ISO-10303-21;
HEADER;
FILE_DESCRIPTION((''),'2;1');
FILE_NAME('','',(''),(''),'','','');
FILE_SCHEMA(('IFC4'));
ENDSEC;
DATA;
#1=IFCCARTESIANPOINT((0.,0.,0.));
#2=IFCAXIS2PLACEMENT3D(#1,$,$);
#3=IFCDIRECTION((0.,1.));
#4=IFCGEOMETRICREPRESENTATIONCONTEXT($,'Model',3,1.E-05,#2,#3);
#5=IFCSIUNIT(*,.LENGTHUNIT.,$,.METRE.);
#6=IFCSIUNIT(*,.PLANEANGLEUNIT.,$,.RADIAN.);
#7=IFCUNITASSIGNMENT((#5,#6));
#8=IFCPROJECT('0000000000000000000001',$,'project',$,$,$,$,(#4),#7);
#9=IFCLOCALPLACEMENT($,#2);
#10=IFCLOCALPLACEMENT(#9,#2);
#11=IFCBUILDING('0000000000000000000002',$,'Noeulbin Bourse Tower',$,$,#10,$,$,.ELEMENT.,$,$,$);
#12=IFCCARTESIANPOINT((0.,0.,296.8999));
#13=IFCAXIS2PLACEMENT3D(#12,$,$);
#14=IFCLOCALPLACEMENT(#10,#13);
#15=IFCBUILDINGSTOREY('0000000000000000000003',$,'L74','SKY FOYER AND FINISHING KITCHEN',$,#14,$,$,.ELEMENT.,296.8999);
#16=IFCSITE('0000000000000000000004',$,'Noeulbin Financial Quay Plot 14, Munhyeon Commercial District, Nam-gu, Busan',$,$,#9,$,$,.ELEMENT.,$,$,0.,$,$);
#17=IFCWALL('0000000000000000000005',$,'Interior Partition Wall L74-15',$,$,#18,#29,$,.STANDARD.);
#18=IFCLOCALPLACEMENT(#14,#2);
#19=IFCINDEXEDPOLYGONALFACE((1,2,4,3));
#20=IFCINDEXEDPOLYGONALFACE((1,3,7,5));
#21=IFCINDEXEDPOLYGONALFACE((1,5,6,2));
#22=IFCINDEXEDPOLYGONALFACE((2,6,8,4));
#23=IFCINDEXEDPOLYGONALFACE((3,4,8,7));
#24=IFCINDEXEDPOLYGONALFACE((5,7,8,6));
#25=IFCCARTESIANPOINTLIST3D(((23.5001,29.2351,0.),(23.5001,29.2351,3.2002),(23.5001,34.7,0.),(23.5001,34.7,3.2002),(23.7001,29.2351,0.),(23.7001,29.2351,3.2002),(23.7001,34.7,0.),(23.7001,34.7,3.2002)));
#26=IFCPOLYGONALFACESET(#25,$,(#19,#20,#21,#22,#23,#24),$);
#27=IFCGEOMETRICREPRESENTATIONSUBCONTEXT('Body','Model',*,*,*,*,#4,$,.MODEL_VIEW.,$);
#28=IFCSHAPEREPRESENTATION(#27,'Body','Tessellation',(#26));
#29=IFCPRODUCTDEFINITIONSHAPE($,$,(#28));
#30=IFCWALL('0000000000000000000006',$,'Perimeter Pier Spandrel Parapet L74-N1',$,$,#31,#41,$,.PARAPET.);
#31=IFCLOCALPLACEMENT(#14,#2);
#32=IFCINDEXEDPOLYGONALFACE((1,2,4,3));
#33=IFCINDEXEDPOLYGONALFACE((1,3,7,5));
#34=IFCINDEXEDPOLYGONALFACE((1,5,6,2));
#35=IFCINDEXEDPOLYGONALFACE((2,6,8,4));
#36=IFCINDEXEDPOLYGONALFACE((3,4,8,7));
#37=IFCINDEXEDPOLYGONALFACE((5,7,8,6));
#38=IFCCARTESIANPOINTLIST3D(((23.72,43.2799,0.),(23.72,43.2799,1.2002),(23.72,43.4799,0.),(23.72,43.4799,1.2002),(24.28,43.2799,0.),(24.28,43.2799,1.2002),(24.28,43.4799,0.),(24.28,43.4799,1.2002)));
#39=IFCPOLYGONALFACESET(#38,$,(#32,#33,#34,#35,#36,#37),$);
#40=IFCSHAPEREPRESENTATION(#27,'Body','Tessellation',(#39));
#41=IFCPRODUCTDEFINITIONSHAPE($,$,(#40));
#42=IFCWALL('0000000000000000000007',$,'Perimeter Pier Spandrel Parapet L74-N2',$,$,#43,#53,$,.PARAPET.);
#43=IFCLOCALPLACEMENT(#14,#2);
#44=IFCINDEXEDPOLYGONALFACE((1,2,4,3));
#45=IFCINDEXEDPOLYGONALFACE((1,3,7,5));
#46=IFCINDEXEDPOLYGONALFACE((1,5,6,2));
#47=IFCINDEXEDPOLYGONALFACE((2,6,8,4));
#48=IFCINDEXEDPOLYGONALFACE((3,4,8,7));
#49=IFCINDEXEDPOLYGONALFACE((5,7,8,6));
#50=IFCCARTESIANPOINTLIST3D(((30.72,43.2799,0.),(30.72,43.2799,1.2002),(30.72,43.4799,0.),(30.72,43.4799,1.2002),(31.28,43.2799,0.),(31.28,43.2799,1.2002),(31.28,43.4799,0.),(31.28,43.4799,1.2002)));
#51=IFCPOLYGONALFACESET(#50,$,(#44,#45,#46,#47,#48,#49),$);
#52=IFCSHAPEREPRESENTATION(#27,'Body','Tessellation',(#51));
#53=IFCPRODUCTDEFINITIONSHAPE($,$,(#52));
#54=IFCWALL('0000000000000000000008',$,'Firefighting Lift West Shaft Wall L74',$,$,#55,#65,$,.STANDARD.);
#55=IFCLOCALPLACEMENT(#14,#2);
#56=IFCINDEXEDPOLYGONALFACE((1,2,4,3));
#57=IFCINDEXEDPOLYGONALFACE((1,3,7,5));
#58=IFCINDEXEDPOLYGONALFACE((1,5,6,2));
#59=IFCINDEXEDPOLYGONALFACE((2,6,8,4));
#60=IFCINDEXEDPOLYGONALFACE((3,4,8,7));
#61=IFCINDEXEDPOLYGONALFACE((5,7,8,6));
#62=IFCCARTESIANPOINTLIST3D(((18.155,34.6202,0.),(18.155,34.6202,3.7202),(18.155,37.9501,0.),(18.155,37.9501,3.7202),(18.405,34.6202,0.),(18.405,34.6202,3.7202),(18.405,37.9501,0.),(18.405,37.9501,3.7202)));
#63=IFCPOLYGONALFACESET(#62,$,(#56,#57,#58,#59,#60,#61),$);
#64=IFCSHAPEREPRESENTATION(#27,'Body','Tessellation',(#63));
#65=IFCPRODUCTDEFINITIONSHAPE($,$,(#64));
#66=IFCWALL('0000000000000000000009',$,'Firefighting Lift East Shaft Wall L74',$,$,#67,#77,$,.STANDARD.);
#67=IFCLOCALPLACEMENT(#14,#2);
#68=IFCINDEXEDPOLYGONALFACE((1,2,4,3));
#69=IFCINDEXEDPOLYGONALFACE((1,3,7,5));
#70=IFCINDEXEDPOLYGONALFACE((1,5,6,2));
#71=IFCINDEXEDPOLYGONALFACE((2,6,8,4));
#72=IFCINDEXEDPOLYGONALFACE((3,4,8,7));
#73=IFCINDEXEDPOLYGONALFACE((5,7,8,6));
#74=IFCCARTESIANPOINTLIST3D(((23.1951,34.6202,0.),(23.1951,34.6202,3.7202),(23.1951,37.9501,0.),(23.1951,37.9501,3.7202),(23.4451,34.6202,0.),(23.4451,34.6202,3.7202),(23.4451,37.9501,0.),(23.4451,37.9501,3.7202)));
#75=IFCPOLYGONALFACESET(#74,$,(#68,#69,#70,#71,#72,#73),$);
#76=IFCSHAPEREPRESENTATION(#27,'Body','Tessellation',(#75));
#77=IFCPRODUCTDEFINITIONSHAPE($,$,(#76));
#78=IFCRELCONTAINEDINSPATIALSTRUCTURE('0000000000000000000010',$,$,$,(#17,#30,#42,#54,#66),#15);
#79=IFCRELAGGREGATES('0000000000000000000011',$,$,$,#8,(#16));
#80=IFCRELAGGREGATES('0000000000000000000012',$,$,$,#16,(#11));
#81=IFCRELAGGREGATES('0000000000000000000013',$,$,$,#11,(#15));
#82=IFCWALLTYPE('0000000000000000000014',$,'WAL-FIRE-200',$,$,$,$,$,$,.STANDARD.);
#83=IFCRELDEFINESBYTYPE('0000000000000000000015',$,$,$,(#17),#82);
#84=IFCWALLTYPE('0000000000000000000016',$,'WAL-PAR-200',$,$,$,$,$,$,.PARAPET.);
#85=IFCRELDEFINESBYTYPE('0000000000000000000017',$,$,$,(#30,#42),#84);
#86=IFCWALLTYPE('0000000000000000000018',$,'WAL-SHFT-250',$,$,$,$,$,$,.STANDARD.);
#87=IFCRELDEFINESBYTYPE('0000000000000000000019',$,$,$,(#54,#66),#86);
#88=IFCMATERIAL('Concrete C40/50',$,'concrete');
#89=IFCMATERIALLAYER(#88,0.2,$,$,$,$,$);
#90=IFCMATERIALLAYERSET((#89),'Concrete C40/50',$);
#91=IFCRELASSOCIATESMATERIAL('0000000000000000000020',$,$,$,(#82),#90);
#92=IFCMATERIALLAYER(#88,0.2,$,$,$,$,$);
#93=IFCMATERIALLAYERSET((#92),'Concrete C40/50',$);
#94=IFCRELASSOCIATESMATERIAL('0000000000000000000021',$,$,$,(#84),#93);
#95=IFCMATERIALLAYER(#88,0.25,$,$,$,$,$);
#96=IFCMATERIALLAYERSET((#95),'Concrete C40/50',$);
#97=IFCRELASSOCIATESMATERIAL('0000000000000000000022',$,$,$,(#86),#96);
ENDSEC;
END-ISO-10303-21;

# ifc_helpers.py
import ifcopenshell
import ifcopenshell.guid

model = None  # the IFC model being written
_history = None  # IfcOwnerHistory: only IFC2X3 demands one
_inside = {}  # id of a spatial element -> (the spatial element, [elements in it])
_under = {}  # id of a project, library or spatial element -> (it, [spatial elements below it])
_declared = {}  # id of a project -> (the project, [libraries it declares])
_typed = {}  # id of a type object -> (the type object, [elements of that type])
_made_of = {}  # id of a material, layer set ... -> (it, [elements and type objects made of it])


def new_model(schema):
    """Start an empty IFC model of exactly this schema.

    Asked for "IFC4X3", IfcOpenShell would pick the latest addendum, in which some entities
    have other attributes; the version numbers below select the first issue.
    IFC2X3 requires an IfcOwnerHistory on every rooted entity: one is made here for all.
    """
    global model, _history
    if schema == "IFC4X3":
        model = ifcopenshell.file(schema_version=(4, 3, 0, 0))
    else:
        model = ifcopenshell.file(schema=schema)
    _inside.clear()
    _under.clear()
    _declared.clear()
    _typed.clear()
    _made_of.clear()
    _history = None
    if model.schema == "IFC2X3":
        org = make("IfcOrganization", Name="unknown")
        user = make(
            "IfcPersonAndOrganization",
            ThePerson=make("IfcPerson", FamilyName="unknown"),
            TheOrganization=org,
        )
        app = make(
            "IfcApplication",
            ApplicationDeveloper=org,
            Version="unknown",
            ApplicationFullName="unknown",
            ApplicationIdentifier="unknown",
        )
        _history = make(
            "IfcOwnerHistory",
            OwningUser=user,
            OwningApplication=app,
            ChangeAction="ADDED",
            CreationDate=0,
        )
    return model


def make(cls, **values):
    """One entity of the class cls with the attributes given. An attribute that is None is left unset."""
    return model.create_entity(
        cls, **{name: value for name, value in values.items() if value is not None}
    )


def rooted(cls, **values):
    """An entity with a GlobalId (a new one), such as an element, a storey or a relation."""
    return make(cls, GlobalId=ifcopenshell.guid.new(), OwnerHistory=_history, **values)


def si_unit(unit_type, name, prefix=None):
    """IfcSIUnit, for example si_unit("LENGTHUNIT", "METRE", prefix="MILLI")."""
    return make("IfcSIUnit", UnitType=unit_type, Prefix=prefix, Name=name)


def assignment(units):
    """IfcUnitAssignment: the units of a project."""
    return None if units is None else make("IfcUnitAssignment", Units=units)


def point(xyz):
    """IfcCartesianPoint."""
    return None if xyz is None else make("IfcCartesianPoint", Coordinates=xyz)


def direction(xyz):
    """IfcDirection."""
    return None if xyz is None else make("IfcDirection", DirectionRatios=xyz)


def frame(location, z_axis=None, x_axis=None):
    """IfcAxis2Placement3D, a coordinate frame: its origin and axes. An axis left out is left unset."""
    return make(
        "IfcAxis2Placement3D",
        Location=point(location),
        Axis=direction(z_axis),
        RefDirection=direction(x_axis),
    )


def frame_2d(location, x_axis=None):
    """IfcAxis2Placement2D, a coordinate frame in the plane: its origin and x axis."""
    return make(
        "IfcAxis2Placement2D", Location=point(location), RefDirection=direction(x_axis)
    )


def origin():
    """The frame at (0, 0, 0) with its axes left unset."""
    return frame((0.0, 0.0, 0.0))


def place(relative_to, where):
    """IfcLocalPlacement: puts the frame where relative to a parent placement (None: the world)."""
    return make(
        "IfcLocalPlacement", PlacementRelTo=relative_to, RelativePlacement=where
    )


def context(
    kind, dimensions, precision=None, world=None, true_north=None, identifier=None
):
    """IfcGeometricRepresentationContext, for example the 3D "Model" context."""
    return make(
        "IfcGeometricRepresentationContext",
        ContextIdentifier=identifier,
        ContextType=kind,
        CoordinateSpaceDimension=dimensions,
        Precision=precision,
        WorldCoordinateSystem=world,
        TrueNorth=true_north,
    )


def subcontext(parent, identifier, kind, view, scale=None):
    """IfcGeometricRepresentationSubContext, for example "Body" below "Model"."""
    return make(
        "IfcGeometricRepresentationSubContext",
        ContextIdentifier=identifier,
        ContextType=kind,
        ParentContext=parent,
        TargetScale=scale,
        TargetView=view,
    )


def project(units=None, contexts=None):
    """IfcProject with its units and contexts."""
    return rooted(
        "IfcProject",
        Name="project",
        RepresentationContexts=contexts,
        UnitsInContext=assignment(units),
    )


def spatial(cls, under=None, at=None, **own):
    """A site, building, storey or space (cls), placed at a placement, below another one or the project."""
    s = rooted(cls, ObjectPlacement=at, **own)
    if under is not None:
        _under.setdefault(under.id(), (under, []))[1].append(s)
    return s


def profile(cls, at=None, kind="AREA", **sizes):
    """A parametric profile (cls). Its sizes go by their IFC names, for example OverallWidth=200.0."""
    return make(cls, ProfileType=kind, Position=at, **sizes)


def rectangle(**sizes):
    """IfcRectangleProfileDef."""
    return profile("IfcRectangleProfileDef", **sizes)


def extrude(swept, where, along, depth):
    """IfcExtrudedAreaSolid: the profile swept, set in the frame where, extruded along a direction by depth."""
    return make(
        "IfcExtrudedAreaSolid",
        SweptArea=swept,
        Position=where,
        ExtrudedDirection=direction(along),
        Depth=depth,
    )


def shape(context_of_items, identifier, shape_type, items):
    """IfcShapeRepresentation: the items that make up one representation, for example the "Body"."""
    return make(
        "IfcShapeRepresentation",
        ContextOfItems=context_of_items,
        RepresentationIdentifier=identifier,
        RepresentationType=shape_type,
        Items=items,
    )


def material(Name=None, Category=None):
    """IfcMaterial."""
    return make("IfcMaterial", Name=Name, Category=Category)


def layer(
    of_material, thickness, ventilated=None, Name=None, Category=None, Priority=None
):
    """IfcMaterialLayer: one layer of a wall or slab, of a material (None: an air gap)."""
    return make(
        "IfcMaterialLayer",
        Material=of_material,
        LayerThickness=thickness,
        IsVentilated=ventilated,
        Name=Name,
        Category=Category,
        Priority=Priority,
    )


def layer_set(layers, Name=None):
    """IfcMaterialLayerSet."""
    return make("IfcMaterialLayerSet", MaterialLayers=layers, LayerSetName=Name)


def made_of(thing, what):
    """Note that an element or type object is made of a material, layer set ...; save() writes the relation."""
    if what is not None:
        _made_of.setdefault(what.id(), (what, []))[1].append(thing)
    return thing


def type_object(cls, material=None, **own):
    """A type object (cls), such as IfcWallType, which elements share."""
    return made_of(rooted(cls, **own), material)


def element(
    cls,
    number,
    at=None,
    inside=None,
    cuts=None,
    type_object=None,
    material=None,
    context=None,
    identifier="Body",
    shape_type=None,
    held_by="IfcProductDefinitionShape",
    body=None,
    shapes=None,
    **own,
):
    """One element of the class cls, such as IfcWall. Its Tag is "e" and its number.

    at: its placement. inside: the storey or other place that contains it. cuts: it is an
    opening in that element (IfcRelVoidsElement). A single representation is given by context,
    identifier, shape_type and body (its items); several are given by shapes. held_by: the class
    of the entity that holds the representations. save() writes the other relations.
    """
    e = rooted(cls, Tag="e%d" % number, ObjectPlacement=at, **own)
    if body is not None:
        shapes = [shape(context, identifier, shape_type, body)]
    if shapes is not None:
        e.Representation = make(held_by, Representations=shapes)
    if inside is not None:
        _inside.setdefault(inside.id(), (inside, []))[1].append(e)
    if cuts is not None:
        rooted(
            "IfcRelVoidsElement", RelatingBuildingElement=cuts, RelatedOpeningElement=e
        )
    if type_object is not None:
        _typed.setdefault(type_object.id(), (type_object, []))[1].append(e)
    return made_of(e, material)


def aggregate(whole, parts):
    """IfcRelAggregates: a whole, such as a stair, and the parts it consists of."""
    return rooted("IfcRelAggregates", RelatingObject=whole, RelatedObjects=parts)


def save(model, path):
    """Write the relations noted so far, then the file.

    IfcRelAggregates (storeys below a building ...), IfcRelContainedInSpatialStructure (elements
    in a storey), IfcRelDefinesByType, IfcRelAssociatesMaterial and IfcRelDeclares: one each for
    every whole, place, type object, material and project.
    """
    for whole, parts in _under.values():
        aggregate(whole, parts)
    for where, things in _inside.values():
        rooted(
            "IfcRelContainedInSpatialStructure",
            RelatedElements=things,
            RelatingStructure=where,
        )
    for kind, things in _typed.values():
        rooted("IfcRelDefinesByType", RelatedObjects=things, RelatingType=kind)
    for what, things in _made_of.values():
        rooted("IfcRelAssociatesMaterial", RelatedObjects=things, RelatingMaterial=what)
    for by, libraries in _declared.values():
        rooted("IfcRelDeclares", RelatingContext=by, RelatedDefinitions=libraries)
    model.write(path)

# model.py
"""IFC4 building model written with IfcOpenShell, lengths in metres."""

from ifc_helpers import new_model, si_unit, direction, frame, frame_2d, origin, place, context, subcontext, project, spatial, rectangle, extrude, material, layer, layer_set, type_object, element, save


model = new_model("IFC4")

# Units and contexts
model_context = context("Model", 3, precision=1e-05, world=origin(), true_north=direction((0.0, 1.0)))
body_context = subcontext(model_context, "Body", "Model", "MODEL_VIEW")
ifc_project = project(units=[si_unit("LENGTHUNIT", "METRE"), si_unit("PLANEANGLEUNIT", "RADIAN")], contexts=[model_context])

# Site, building, storey
site_placement = place(None, origin())
site = spatial("IfcSite", under=ifc_project, at=site_placement, Name="Noeulbin Financial Quay Plot 14, Munhyeon Commercial District, Nam-gu, Busan", CompositionType="ELEMENT", RefElevation=0.0)
building_placement = place(site_placement, origin())
building = spatial("IfcBuilding", under=site, at=building_placement, Name="Noeulbin Bourse Tower", CompositionType="ELEMENT")
storey_placement = place(building_placement, frame((0.0, 0.0, 296.8999)))
storey = spatial("IfcBuildingStorey", under=building, at=storey_placement, Name="L74", Description="SKY FOYER AND FINISHING KITCHEN", CompositionType="ELEMENT", Elevation=296.8999)

# Shared definitions
ifc_material_1 = material(Name="Concrete C40/50", Category="concrete")
ifc_layer_1 = layer(ifc_material_1, 0.2)
ifc_layer_set_1 = layer_set([ifc_layer_1], Name="Concrete C40/50")
wall_type_1 = type_object("IfcWallType", Name="WAL-FIRE-200", PredefinedType="STANDARD", material=ifc_layer_set_1)

# Walls
wall_1_placement = place(storey_placement, frame((23.6001, 29.2351, 0.0), z_axis=(0.0, 0.0, 1.0), x_axis=(0.0, 1.0, 0.0)))
element("IfcWall", 1, at=wall_1_placement, inside=storey, type_object=wall_type_1, Name="Interior Partition Wall L74-15", PredefinedType="STANDARD", context=body_context, shape_type="SweptSolid", body=[
    extrude(rectangle(XDim=5.4648, YDim=0.2, at=frame_2d((2.7324, 0.0))), origin(), (0.0, 0.0, 1.0), 3.2002),
])
ifc_layer_2 = layer(ifc_material_1, 0.2)
ifc_layer_set_2 = layer_set([ifc_layer_2], Name="Concrete C40/50")
wall_type_2 = type_object("IfcWallType", Name="WAL-PAR-200", PredefinedType="PARAPET", material=ifc_layer_set_2)
for number, where, z_axis, x_axis, name in (
    (2, (23.72, 43.3799, 0.0), (0.0, 0.0, 1.0), (1.0, 0.0, 0.0), "Perimeter Pier Spandrel Parapet L74-N1"),
    (3, (30.72, 43.3799, 0.0), (0.0, 0.0, 1.0), (1.0, 0.0, 0.0), "Perimeter Pier Spandrel Parapet L74-N2"),
):
    element("IfcWall", number, at=place(storey_placement, frame(where, z_axis=z_axis, x_axis=x_axis)), inside=storey, type_object=wall_type_2, Name=name, PredefinedType="PARAPET", context=body_context, shape_type="SweptSolid", body=[
        extrude(rectangle(XDim=0.5601, YDim=0.2, at=frame_2d((0.28, 0.0))), origin(), (0.0, 0.0, 1.0), 1.2002),
    ])
ifc_layer_3 = layer(ifc_material_1, 0.25)
ifc_layer_set_3 = layer_set([ifc_layer_3], Name="Concrete C40/50")
wall_type_3 = type_object("IfcWallType", Name="WAL-SHFT-250", PredefinedType="STANDARD", material=ifc_layer_set_3)
for number, where, z_axis, x_axis, name in (
    (4, (18.28, 34.6201, 0.0), (0.0, 0.0, 1.0), (0.0, 1.0, 0.0), "Firefighting Lift West Shaft Wall L74"),
    (5, (23.3201, 34.6201, 0.0), (0.0, 0.0, 1.0), (0.0, 1.0, 0.0), "Firefighting Lift East Shaft Wall L74"),
):
    element("IfcWall", number, at=place(storey_placement, frame(where, z_axis=z_axis, x_axis=x_axis)), inside=storey, type_object=wall_type_3, Name=name, PredefinedType="STANDARD", context=body_context, shape_type="SweptSolid", body=[
        extrude(rectangle(XDim=3.3298, YDim=0.25, at=frame_2d((1.665, 0.0))), origin(), (0.0, 0.0, 1.0), 3.7202),
    ])

save(model, "model.ifc")
